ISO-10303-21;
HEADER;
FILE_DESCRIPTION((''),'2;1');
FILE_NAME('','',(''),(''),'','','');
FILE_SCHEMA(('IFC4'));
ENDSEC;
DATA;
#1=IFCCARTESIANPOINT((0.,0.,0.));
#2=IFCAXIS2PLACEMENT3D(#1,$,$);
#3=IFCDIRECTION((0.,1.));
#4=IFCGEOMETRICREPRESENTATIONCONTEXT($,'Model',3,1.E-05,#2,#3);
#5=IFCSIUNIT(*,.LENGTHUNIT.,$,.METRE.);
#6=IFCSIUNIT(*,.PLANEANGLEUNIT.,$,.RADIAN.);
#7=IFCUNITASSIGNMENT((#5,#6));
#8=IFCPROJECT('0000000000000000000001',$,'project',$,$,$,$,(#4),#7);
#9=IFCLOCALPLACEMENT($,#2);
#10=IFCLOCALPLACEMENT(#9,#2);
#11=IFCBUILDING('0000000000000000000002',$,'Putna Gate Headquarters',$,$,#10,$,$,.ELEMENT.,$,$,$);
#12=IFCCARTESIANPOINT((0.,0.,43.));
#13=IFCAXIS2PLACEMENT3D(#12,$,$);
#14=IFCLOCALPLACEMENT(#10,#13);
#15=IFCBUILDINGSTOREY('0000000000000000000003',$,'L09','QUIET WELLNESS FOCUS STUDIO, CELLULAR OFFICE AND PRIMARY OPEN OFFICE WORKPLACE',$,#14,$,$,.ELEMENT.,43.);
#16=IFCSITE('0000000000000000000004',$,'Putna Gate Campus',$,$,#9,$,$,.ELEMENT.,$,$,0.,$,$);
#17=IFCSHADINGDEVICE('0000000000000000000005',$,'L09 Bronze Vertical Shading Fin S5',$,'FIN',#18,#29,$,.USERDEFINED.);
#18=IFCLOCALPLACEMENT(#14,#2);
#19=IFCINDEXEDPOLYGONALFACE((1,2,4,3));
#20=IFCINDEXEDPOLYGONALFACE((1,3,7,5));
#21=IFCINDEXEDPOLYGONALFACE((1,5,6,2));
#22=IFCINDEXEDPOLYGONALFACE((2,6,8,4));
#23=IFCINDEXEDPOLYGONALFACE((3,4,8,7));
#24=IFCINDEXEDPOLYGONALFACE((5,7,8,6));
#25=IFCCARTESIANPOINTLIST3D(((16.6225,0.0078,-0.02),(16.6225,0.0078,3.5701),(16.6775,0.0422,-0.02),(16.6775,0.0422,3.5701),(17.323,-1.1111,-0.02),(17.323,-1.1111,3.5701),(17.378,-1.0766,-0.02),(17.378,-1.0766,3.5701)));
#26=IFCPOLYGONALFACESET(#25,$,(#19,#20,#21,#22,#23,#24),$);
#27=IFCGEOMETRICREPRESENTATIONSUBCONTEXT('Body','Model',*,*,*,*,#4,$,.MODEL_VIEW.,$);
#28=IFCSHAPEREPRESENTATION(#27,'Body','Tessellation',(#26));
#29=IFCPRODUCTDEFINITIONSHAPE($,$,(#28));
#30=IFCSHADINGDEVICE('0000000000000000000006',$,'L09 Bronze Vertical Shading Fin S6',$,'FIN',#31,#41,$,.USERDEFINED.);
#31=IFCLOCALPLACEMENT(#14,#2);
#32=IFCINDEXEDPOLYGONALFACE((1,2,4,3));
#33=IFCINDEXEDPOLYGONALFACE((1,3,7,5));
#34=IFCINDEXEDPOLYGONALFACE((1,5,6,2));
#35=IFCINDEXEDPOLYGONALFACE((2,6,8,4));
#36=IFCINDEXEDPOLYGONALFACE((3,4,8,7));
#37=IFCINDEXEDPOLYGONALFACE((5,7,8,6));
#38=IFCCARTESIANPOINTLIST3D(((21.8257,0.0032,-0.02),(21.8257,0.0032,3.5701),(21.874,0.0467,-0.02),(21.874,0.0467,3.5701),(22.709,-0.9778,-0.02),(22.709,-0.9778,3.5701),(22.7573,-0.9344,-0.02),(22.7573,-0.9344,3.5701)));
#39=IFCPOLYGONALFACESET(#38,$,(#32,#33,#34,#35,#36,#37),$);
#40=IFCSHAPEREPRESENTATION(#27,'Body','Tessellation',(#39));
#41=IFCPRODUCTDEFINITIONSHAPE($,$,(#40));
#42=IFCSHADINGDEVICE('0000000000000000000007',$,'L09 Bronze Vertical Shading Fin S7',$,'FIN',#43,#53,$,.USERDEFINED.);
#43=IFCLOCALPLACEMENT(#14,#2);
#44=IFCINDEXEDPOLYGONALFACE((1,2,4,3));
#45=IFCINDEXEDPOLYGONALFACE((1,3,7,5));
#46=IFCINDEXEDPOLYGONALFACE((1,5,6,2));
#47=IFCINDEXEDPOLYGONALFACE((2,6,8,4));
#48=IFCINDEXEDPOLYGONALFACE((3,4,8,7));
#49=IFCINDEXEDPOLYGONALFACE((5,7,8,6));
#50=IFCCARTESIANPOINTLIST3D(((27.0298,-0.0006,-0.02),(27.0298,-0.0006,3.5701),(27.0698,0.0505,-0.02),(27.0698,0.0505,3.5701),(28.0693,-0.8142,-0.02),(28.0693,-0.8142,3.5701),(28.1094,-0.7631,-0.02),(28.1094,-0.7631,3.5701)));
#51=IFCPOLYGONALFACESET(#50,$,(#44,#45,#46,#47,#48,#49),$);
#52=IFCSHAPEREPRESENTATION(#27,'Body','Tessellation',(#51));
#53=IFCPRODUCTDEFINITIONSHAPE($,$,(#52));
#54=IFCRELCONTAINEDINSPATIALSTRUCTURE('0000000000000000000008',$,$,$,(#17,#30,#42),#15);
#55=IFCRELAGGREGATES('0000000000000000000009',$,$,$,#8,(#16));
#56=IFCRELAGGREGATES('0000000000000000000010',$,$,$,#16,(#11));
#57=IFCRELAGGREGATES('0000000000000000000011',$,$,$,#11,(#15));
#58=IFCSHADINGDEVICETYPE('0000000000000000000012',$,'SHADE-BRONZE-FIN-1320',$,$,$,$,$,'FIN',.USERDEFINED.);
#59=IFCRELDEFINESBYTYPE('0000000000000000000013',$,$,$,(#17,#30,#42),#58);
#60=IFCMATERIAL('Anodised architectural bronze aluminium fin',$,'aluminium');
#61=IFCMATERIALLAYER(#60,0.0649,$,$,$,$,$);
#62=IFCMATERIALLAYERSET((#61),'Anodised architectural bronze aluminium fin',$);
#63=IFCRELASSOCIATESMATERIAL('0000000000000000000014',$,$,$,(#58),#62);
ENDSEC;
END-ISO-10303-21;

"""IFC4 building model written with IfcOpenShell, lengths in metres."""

from ifc_helpers import new_model, si_unit, direction, frame, origin, origin_2d, place, context, subcontext, project, spatial, rectangle, extrude, material, layer, layer_set, type_object, element, save


model = new_model("IFC4")

# Units and contexts
model_context = context("Model", 3, precision=1e-05, world=origin(), true_north=direction((0.0, 1.0)))
body_context = subcontext(model_context, "Body", "Model", "MODEL_VIEW")
ifc_project = project(units=[si_unit("LENGTHUNIT", "METRE"), si_unit("PLANEANGLEUNIT", "RADIAN")], contexts=[model_context])

# Site, building, storey
site_placement = place(None, origin())
site = spatial("IfcSite", under=ifc_project, at=site_placement, Name="Putna Gate Campus", CompositionType="ELEMENT", RefElevation=0.0)
building_placement = place(site_placement, origin())
building = spatial("IfcBuilding", under=site, at=building_placement, Name="Putna Gate Headquarters", CompositionType="ELEMENT")
storey_placement = place(building_placement, frame((0.0, 0.0, 43.0)))
storey = spatial("IfcBuildingStorey", under=building, at=storey_placement, Name="L09", Description="QUIET WELLNESS FOCUS STUDIO, CELLULAR OFFICE AND PRIMARY OPEN OFFICE WORKPLACE", CompositionType="ELEMENT", Elevation=43.0)

# Shading devices
ifc_material_1 = material(Name="Anodised architectural bronze aluminium fin", Category="aluminium")
ifc_layer_1 = layer(ifc_material_1, 0.0649)
ifc_layer_set_1 = layer_set([ifc_layer_1], Name="Anodised architectural bronze aluminium fin")
shading_device_type = type_object("IfcShadingDeviceType", Name="SHADE-BRONZE-FIN-1320", ElementType="FIN", PredefinedType="USERDEFINED", material=ifc_layer_set_1)
for number, where, z_axis, x_axis, name in (
    (1, (17.0002, -0.5344, -0.02), (0.0, 0.0, 1.0), (0.530659, -0.847585, 0.0), "L09 Bronze Vertical Shading Fin S5"),
    (2, (22.2915, -0.4656, -0.02), (0.0, 0.0, 1.0), (0.669131, -0.743145, 0.0), "L09 Bronze Vertical Shading Fin S6"),
    (3, (27.5696, -0.3818, -0.02), (0.0, 0.0, 1.0), (0.787473, -0.616349, 0.0), "L09 Bronze Vertical Shading Fin S7"),
):
    element("IfcShadingDevice", number, at=place(storey_placement, frame(where, z_axis=z_axis, x_axis=x_axis)), inside=storey, type_object=shading_device_type, Name=name, ObjectType="FIN", PredefinedType="USERDEFINED", context=body_context, shape_type="SweptSolid", body=[
        extrude(rectangle(XDim=1.3201, YDim=0.0649, at=origin_2d()), origin(), (0.0, 0.0, 1.0), 3.5901),
    ])

save(model, "model.ifc")
